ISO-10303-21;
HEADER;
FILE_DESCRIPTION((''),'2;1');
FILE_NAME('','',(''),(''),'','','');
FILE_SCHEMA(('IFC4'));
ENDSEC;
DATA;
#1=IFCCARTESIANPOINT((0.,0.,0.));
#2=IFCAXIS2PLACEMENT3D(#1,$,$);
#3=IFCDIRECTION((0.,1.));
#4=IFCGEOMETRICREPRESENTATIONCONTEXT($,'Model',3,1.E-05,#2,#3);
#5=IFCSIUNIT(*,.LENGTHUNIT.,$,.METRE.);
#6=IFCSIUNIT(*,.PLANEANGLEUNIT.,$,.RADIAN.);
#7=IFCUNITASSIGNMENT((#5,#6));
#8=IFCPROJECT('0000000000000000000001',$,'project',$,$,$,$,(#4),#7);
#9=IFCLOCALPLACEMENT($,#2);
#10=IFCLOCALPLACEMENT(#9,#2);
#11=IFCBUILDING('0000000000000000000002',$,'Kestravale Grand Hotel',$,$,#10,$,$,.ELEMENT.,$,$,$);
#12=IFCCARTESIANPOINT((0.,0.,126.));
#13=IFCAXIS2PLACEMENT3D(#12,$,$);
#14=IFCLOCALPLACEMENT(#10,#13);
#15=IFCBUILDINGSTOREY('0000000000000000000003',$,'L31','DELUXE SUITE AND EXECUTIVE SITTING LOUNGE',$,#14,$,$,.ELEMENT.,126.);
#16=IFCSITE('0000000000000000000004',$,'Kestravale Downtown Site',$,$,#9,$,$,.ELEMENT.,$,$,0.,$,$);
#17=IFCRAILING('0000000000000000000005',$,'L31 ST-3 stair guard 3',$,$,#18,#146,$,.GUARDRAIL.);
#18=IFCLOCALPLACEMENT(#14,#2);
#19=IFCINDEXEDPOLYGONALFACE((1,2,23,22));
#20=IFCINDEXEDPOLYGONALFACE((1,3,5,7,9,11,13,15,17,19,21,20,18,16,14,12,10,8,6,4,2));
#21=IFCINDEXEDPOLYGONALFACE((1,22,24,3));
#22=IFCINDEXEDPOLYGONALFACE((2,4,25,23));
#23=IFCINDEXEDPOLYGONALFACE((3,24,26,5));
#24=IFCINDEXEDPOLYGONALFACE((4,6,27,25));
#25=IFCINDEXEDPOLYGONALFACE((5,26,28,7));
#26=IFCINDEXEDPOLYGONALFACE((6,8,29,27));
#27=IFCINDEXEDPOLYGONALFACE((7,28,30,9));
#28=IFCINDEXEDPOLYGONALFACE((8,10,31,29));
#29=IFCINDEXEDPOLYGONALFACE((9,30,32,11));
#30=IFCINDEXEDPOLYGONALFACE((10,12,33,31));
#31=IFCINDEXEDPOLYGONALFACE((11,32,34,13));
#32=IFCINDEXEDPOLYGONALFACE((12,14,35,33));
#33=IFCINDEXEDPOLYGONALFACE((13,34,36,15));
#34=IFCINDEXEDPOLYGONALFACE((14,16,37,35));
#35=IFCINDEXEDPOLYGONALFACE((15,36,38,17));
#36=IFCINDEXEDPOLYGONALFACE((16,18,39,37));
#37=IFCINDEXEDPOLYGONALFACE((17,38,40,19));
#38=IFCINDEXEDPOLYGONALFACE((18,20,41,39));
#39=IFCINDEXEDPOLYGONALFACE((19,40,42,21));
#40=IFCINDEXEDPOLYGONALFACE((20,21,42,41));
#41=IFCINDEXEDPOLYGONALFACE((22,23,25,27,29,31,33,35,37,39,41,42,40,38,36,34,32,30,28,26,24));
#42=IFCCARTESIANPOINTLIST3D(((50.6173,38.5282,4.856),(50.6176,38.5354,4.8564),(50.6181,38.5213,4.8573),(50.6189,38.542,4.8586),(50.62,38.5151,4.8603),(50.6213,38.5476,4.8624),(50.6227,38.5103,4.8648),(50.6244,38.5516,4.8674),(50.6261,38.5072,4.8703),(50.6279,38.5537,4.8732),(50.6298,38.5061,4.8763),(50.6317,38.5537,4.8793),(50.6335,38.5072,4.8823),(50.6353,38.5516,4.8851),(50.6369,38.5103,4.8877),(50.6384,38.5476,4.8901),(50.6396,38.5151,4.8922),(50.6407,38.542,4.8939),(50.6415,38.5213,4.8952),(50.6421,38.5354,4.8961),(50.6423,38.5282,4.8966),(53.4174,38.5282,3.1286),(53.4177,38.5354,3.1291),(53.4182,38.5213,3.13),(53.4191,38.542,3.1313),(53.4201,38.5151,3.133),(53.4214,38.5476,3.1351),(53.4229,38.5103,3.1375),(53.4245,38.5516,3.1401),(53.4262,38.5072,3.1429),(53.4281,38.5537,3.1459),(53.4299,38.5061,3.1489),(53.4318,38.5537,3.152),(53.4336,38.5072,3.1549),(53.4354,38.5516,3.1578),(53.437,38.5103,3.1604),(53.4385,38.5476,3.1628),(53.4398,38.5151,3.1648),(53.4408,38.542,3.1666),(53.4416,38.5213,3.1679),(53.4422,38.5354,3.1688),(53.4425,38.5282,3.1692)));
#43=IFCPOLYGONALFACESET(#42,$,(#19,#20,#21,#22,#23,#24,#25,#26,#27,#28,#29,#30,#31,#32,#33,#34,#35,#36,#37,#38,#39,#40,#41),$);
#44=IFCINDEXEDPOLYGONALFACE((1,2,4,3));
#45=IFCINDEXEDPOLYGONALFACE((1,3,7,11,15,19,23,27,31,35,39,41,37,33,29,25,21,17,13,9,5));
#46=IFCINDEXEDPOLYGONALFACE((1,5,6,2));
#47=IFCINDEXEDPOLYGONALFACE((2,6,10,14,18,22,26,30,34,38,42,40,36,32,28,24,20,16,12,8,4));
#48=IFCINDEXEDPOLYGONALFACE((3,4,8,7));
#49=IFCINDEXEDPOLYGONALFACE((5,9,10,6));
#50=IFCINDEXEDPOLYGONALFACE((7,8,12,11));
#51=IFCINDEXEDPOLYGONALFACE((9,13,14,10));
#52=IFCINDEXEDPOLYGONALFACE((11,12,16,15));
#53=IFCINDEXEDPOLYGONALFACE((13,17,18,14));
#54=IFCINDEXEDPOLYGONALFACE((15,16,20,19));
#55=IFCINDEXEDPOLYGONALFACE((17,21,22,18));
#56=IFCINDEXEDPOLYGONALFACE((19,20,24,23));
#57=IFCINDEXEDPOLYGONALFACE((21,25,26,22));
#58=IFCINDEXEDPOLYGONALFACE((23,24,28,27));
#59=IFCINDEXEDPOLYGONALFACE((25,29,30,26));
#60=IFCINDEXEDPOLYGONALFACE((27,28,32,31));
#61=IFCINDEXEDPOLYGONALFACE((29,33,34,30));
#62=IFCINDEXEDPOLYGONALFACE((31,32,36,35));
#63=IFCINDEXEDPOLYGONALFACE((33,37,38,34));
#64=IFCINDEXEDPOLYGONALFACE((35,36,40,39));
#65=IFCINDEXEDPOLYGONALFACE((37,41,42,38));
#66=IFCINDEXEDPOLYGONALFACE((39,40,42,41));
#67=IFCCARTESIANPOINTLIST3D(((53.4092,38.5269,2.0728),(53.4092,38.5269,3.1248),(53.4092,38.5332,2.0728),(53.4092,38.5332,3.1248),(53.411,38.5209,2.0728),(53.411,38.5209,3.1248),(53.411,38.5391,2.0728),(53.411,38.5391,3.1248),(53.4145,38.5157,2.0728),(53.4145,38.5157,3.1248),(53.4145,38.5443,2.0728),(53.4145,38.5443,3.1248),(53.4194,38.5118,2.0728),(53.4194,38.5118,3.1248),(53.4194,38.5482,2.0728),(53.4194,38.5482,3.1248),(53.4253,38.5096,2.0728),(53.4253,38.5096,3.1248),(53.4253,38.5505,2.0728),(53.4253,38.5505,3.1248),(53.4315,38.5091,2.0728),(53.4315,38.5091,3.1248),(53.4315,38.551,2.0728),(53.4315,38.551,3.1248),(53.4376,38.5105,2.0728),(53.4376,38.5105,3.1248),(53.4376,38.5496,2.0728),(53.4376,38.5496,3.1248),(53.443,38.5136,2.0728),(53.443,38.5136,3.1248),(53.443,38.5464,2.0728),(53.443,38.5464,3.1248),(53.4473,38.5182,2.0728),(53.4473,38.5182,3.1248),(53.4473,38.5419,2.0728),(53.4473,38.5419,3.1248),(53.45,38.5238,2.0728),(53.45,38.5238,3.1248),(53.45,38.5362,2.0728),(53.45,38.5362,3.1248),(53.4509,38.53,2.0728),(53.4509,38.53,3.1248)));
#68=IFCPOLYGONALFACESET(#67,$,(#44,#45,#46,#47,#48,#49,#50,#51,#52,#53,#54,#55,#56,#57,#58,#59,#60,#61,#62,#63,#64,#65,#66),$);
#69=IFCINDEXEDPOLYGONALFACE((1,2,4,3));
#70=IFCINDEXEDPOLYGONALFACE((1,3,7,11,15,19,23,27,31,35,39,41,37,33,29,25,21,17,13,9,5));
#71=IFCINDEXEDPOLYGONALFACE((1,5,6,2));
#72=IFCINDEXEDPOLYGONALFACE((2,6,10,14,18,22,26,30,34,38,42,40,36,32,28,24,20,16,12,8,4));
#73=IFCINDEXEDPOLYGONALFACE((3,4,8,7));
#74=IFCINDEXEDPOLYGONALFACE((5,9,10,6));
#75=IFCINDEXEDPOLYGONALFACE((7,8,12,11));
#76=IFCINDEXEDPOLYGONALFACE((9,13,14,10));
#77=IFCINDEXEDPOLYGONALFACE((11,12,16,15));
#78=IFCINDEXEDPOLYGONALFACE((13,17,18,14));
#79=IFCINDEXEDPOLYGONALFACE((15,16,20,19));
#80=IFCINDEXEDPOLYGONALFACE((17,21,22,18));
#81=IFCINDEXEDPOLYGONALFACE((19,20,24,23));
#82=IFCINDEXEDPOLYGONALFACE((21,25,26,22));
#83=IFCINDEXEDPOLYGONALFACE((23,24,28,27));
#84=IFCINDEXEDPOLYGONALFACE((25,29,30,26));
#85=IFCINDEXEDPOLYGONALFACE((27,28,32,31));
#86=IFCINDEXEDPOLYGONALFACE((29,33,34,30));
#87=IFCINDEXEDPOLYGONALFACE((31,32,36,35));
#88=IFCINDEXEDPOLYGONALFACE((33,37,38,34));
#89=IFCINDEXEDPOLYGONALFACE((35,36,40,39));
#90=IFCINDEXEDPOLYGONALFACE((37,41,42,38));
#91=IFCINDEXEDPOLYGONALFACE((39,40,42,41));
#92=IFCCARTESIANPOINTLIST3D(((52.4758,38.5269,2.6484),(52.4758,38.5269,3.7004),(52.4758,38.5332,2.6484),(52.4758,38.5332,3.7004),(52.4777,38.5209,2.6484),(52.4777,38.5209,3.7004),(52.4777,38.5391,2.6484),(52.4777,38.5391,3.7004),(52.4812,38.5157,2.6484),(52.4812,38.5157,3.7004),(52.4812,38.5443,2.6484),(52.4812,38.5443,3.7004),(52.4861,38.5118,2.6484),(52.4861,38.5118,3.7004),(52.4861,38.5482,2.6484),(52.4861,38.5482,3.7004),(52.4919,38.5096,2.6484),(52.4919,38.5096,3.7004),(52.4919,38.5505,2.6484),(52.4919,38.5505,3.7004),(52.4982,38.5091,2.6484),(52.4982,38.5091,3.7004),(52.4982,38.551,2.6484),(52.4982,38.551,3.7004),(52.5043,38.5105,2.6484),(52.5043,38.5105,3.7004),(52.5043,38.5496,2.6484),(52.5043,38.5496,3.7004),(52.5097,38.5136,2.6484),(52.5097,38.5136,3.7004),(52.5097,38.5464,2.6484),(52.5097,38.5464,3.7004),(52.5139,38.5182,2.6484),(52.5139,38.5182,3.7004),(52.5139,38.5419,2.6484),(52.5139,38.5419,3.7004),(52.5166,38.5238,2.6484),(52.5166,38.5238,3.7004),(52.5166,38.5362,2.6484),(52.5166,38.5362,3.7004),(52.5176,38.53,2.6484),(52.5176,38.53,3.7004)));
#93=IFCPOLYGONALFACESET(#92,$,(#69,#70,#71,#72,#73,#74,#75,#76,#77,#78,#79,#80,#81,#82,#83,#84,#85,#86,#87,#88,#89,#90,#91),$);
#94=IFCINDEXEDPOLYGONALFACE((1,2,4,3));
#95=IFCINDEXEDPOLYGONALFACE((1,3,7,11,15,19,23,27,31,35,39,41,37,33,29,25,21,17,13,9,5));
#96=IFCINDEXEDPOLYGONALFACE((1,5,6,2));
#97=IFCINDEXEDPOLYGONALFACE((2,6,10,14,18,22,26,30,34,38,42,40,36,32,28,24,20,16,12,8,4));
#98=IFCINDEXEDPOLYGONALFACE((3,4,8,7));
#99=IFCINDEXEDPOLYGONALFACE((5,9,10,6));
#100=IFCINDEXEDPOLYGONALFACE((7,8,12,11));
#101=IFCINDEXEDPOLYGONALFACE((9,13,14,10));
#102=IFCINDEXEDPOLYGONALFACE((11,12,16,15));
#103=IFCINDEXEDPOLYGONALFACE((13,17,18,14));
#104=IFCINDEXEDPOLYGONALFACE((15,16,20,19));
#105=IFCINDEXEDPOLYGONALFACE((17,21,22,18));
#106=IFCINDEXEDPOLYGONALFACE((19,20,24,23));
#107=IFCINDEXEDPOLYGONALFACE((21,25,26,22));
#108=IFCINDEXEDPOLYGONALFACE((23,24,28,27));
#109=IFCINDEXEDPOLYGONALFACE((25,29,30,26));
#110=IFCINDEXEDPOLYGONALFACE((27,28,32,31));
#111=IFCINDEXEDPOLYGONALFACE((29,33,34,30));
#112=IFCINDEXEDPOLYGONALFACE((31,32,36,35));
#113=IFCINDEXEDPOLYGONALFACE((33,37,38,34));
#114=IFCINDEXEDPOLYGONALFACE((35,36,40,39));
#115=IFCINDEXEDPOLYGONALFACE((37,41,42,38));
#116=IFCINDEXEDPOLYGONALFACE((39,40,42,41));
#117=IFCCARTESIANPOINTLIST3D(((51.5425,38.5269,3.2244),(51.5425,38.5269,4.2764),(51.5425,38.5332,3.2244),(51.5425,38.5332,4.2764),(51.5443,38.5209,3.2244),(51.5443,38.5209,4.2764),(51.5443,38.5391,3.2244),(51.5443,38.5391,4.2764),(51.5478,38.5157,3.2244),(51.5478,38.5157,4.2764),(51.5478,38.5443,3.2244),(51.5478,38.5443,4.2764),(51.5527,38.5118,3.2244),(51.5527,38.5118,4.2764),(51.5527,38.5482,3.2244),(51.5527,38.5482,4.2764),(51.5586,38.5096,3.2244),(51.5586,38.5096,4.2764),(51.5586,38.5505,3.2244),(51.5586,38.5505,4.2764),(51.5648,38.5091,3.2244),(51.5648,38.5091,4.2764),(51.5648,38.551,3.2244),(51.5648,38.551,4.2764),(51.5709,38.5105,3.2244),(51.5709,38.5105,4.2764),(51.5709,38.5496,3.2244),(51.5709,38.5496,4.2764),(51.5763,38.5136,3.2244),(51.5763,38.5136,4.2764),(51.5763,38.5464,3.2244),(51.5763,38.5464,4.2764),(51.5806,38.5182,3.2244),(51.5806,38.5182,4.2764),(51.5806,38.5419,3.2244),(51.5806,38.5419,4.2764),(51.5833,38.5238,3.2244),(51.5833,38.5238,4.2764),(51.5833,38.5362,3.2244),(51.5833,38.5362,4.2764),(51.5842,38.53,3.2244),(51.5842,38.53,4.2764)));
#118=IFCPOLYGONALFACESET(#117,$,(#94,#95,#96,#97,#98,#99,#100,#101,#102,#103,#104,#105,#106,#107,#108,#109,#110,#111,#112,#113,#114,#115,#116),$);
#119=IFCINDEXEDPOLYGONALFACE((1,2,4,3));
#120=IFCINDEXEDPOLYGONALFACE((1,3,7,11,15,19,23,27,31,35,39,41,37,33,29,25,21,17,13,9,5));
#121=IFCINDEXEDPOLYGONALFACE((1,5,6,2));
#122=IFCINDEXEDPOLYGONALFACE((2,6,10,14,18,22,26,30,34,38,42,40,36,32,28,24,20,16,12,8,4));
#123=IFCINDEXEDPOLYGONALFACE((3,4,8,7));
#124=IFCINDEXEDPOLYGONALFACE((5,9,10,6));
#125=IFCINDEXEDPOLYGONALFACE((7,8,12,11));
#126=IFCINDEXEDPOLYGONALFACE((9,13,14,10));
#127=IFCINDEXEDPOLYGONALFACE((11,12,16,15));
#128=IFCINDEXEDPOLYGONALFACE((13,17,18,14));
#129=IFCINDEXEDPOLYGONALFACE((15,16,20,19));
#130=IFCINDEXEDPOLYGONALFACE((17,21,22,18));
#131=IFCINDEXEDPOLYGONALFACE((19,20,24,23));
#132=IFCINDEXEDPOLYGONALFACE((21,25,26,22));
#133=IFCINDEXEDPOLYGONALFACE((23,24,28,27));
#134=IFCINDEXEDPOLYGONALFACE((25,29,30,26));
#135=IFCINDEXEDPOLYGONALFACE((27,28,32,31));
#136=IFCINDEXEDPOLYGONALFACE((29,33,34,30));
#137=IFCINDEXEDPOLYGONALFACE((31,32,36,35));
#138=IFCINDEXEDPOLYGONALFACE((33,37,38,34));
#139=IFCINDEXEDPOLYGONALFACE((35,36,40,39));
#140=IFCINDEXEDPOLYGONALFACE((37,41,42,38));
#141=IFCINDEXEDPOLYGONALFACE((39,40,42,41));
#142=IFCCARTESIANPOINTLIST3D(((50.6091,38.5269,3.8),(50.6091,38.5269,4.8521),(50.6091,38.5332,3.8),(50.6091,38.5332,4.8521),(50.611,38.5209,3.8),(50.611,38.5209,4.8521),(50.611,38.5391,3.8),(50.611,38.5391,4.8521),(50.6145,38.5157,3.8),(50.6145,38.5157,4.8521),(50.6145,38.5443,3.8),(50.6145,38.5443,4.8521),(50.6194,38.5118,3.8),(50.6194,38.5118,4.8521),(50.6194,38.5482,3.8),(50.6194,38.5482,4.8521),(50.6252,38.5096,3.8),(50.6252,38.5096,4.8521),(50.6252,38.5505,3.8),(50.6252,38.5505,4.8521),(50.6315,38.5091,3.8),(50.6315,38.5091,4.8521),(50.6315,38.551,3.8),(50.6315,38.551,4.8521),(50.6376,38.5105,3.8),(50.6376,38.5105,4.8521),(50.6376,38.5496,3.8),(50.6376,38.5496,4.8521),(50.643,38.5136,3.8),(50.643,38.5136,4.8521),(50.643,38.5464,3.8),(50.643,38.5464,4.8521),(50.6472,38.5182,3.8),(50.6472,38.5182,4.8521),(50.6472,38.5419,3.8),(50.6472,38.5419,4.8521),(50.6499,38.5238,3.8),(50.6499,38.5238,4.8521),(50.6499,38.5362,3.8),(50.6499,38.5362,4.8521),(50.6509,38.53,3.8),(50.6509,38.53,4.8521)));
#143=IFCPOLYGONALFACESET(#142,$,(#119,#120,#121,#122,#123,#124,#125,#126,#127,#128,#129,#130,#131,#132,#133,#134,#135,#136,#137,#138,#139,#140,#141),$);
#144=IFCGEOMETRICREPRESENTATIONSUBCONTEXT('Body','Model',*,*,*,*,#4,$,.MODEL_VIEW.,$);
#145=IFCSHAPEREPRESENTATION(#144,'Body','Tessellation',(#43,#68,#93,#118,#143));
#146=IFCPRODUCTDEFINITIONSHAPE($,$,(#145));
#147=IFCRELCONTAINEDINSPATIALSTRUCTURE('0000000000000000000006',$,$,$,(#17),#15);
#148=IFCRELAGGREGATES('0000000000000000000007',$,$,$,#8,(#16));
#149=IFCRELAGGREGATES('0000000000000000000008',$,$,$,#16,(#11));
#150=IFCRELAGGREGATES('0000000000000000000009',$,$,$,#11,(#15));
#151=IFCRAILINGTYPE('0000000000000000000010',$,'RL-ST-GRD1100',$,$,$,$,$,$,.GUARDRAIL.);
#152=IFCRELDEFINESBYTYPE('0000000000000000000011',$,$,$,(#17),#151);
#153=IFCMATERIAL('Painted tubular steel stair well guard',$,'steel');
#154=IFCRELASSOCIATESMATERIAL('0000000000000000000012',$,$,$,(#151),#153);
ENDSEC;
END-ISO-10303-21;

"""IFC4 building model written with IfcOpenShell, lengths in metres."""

from ifc_helpers import new_model, si_unit, direction, frame, origin, origin_2d, place, context, subcontext, project, spatial, circle, extrude, material, type_object, element, save


model = new_model("IFC4")

# Units and contexts
model_context = context("Model", 3, precision=1e-05, world=origin(), true_north=direction((0.0, 1.0)))
body_context = subcontext(model_context, "Body", "Model", "MODEL_VIEW")
ifc_project = project(units=[si_unit("LENGTHUNIT", "METRE"), si_unit("PLANEANGLEUNIT", "RADIAN")], contexts=[model_context])

# Site, building, storey
site_placement = place(None, origin())
site = spatial("IfcSite", under=ifc_project, at=site_placement, Name="Kestravale Downtown Site", CompositionType="ELEMENT", RefElevation=0.0)
building_placement = place(site_placement, origin())
building = spatial("IfcBuilding", under=site, at=building_placement, Name="Kestravale Grand Hotel", CompositionType="ELEMENT")
storey_placement = place(building_placement, frame((0.0, 0.0, 126.0)))
storey = spatial("IfcBuildingStorey", under=building, at=storey_placement, Name="L31", Description="DELUXE SUITE AND EXECUTIVE SITTING LOUNGE", CompositionType="ELEMENT", Elevation=126.0)

# Railing
ifc_material_1 = material(Name="Painted tubular steel stair well guard", Category="steel")
railing_type_1 = type_object("IfcRailingType", Name="RL-ST-GRD1100", PredefinedType="GUARDRAIL", material=ifc_material_1)
railing_1_placement = place(storey_placement, frame((53.4299, 38.53, 2.0728)))
element("IfcRailing", 1, at=railing_1_placement, inside=storey, type_object=railing_type_1, Name="L31 ST-3 stair guard 3", PredefinedType="GUARDRAIL", context=body_context, shape_type="SweptSolid", body=[
    extrude(circle(Radius=0.0239, at=origin_2d()), frame((0.0, 0.0, 1.0762), z_axis=(-0.85109, 0.0, 0.52502), x_axis=(0.0, -1.0, 0.0)), (0.0, 0.0, 1.0), 3.29),
    extrude(circle(Radius=0.021, at=origin_2d()), origin(), (0.0, 0.0, 1.0), 1.052),
    extrude(circle(Radius=0.021, at=origin_2d()), frame((-0.9333, 0.0, 0.5757)), (0.0, 0.0, 1.0), 1.052),
    extrude(circle(Radius=0.021, at=origin_2d()), frame((-1.8667, 0.0, 1.1516)), (0.0, 0.0, 1.0), 1.052),
    extrude(circle(Radius=0.021, at=origin_2d()), frame((-2.8, 0.0, 1.7273)), (0.0, 0.0, 1.0), 1.052),
])

save(model, "model.ifc")
